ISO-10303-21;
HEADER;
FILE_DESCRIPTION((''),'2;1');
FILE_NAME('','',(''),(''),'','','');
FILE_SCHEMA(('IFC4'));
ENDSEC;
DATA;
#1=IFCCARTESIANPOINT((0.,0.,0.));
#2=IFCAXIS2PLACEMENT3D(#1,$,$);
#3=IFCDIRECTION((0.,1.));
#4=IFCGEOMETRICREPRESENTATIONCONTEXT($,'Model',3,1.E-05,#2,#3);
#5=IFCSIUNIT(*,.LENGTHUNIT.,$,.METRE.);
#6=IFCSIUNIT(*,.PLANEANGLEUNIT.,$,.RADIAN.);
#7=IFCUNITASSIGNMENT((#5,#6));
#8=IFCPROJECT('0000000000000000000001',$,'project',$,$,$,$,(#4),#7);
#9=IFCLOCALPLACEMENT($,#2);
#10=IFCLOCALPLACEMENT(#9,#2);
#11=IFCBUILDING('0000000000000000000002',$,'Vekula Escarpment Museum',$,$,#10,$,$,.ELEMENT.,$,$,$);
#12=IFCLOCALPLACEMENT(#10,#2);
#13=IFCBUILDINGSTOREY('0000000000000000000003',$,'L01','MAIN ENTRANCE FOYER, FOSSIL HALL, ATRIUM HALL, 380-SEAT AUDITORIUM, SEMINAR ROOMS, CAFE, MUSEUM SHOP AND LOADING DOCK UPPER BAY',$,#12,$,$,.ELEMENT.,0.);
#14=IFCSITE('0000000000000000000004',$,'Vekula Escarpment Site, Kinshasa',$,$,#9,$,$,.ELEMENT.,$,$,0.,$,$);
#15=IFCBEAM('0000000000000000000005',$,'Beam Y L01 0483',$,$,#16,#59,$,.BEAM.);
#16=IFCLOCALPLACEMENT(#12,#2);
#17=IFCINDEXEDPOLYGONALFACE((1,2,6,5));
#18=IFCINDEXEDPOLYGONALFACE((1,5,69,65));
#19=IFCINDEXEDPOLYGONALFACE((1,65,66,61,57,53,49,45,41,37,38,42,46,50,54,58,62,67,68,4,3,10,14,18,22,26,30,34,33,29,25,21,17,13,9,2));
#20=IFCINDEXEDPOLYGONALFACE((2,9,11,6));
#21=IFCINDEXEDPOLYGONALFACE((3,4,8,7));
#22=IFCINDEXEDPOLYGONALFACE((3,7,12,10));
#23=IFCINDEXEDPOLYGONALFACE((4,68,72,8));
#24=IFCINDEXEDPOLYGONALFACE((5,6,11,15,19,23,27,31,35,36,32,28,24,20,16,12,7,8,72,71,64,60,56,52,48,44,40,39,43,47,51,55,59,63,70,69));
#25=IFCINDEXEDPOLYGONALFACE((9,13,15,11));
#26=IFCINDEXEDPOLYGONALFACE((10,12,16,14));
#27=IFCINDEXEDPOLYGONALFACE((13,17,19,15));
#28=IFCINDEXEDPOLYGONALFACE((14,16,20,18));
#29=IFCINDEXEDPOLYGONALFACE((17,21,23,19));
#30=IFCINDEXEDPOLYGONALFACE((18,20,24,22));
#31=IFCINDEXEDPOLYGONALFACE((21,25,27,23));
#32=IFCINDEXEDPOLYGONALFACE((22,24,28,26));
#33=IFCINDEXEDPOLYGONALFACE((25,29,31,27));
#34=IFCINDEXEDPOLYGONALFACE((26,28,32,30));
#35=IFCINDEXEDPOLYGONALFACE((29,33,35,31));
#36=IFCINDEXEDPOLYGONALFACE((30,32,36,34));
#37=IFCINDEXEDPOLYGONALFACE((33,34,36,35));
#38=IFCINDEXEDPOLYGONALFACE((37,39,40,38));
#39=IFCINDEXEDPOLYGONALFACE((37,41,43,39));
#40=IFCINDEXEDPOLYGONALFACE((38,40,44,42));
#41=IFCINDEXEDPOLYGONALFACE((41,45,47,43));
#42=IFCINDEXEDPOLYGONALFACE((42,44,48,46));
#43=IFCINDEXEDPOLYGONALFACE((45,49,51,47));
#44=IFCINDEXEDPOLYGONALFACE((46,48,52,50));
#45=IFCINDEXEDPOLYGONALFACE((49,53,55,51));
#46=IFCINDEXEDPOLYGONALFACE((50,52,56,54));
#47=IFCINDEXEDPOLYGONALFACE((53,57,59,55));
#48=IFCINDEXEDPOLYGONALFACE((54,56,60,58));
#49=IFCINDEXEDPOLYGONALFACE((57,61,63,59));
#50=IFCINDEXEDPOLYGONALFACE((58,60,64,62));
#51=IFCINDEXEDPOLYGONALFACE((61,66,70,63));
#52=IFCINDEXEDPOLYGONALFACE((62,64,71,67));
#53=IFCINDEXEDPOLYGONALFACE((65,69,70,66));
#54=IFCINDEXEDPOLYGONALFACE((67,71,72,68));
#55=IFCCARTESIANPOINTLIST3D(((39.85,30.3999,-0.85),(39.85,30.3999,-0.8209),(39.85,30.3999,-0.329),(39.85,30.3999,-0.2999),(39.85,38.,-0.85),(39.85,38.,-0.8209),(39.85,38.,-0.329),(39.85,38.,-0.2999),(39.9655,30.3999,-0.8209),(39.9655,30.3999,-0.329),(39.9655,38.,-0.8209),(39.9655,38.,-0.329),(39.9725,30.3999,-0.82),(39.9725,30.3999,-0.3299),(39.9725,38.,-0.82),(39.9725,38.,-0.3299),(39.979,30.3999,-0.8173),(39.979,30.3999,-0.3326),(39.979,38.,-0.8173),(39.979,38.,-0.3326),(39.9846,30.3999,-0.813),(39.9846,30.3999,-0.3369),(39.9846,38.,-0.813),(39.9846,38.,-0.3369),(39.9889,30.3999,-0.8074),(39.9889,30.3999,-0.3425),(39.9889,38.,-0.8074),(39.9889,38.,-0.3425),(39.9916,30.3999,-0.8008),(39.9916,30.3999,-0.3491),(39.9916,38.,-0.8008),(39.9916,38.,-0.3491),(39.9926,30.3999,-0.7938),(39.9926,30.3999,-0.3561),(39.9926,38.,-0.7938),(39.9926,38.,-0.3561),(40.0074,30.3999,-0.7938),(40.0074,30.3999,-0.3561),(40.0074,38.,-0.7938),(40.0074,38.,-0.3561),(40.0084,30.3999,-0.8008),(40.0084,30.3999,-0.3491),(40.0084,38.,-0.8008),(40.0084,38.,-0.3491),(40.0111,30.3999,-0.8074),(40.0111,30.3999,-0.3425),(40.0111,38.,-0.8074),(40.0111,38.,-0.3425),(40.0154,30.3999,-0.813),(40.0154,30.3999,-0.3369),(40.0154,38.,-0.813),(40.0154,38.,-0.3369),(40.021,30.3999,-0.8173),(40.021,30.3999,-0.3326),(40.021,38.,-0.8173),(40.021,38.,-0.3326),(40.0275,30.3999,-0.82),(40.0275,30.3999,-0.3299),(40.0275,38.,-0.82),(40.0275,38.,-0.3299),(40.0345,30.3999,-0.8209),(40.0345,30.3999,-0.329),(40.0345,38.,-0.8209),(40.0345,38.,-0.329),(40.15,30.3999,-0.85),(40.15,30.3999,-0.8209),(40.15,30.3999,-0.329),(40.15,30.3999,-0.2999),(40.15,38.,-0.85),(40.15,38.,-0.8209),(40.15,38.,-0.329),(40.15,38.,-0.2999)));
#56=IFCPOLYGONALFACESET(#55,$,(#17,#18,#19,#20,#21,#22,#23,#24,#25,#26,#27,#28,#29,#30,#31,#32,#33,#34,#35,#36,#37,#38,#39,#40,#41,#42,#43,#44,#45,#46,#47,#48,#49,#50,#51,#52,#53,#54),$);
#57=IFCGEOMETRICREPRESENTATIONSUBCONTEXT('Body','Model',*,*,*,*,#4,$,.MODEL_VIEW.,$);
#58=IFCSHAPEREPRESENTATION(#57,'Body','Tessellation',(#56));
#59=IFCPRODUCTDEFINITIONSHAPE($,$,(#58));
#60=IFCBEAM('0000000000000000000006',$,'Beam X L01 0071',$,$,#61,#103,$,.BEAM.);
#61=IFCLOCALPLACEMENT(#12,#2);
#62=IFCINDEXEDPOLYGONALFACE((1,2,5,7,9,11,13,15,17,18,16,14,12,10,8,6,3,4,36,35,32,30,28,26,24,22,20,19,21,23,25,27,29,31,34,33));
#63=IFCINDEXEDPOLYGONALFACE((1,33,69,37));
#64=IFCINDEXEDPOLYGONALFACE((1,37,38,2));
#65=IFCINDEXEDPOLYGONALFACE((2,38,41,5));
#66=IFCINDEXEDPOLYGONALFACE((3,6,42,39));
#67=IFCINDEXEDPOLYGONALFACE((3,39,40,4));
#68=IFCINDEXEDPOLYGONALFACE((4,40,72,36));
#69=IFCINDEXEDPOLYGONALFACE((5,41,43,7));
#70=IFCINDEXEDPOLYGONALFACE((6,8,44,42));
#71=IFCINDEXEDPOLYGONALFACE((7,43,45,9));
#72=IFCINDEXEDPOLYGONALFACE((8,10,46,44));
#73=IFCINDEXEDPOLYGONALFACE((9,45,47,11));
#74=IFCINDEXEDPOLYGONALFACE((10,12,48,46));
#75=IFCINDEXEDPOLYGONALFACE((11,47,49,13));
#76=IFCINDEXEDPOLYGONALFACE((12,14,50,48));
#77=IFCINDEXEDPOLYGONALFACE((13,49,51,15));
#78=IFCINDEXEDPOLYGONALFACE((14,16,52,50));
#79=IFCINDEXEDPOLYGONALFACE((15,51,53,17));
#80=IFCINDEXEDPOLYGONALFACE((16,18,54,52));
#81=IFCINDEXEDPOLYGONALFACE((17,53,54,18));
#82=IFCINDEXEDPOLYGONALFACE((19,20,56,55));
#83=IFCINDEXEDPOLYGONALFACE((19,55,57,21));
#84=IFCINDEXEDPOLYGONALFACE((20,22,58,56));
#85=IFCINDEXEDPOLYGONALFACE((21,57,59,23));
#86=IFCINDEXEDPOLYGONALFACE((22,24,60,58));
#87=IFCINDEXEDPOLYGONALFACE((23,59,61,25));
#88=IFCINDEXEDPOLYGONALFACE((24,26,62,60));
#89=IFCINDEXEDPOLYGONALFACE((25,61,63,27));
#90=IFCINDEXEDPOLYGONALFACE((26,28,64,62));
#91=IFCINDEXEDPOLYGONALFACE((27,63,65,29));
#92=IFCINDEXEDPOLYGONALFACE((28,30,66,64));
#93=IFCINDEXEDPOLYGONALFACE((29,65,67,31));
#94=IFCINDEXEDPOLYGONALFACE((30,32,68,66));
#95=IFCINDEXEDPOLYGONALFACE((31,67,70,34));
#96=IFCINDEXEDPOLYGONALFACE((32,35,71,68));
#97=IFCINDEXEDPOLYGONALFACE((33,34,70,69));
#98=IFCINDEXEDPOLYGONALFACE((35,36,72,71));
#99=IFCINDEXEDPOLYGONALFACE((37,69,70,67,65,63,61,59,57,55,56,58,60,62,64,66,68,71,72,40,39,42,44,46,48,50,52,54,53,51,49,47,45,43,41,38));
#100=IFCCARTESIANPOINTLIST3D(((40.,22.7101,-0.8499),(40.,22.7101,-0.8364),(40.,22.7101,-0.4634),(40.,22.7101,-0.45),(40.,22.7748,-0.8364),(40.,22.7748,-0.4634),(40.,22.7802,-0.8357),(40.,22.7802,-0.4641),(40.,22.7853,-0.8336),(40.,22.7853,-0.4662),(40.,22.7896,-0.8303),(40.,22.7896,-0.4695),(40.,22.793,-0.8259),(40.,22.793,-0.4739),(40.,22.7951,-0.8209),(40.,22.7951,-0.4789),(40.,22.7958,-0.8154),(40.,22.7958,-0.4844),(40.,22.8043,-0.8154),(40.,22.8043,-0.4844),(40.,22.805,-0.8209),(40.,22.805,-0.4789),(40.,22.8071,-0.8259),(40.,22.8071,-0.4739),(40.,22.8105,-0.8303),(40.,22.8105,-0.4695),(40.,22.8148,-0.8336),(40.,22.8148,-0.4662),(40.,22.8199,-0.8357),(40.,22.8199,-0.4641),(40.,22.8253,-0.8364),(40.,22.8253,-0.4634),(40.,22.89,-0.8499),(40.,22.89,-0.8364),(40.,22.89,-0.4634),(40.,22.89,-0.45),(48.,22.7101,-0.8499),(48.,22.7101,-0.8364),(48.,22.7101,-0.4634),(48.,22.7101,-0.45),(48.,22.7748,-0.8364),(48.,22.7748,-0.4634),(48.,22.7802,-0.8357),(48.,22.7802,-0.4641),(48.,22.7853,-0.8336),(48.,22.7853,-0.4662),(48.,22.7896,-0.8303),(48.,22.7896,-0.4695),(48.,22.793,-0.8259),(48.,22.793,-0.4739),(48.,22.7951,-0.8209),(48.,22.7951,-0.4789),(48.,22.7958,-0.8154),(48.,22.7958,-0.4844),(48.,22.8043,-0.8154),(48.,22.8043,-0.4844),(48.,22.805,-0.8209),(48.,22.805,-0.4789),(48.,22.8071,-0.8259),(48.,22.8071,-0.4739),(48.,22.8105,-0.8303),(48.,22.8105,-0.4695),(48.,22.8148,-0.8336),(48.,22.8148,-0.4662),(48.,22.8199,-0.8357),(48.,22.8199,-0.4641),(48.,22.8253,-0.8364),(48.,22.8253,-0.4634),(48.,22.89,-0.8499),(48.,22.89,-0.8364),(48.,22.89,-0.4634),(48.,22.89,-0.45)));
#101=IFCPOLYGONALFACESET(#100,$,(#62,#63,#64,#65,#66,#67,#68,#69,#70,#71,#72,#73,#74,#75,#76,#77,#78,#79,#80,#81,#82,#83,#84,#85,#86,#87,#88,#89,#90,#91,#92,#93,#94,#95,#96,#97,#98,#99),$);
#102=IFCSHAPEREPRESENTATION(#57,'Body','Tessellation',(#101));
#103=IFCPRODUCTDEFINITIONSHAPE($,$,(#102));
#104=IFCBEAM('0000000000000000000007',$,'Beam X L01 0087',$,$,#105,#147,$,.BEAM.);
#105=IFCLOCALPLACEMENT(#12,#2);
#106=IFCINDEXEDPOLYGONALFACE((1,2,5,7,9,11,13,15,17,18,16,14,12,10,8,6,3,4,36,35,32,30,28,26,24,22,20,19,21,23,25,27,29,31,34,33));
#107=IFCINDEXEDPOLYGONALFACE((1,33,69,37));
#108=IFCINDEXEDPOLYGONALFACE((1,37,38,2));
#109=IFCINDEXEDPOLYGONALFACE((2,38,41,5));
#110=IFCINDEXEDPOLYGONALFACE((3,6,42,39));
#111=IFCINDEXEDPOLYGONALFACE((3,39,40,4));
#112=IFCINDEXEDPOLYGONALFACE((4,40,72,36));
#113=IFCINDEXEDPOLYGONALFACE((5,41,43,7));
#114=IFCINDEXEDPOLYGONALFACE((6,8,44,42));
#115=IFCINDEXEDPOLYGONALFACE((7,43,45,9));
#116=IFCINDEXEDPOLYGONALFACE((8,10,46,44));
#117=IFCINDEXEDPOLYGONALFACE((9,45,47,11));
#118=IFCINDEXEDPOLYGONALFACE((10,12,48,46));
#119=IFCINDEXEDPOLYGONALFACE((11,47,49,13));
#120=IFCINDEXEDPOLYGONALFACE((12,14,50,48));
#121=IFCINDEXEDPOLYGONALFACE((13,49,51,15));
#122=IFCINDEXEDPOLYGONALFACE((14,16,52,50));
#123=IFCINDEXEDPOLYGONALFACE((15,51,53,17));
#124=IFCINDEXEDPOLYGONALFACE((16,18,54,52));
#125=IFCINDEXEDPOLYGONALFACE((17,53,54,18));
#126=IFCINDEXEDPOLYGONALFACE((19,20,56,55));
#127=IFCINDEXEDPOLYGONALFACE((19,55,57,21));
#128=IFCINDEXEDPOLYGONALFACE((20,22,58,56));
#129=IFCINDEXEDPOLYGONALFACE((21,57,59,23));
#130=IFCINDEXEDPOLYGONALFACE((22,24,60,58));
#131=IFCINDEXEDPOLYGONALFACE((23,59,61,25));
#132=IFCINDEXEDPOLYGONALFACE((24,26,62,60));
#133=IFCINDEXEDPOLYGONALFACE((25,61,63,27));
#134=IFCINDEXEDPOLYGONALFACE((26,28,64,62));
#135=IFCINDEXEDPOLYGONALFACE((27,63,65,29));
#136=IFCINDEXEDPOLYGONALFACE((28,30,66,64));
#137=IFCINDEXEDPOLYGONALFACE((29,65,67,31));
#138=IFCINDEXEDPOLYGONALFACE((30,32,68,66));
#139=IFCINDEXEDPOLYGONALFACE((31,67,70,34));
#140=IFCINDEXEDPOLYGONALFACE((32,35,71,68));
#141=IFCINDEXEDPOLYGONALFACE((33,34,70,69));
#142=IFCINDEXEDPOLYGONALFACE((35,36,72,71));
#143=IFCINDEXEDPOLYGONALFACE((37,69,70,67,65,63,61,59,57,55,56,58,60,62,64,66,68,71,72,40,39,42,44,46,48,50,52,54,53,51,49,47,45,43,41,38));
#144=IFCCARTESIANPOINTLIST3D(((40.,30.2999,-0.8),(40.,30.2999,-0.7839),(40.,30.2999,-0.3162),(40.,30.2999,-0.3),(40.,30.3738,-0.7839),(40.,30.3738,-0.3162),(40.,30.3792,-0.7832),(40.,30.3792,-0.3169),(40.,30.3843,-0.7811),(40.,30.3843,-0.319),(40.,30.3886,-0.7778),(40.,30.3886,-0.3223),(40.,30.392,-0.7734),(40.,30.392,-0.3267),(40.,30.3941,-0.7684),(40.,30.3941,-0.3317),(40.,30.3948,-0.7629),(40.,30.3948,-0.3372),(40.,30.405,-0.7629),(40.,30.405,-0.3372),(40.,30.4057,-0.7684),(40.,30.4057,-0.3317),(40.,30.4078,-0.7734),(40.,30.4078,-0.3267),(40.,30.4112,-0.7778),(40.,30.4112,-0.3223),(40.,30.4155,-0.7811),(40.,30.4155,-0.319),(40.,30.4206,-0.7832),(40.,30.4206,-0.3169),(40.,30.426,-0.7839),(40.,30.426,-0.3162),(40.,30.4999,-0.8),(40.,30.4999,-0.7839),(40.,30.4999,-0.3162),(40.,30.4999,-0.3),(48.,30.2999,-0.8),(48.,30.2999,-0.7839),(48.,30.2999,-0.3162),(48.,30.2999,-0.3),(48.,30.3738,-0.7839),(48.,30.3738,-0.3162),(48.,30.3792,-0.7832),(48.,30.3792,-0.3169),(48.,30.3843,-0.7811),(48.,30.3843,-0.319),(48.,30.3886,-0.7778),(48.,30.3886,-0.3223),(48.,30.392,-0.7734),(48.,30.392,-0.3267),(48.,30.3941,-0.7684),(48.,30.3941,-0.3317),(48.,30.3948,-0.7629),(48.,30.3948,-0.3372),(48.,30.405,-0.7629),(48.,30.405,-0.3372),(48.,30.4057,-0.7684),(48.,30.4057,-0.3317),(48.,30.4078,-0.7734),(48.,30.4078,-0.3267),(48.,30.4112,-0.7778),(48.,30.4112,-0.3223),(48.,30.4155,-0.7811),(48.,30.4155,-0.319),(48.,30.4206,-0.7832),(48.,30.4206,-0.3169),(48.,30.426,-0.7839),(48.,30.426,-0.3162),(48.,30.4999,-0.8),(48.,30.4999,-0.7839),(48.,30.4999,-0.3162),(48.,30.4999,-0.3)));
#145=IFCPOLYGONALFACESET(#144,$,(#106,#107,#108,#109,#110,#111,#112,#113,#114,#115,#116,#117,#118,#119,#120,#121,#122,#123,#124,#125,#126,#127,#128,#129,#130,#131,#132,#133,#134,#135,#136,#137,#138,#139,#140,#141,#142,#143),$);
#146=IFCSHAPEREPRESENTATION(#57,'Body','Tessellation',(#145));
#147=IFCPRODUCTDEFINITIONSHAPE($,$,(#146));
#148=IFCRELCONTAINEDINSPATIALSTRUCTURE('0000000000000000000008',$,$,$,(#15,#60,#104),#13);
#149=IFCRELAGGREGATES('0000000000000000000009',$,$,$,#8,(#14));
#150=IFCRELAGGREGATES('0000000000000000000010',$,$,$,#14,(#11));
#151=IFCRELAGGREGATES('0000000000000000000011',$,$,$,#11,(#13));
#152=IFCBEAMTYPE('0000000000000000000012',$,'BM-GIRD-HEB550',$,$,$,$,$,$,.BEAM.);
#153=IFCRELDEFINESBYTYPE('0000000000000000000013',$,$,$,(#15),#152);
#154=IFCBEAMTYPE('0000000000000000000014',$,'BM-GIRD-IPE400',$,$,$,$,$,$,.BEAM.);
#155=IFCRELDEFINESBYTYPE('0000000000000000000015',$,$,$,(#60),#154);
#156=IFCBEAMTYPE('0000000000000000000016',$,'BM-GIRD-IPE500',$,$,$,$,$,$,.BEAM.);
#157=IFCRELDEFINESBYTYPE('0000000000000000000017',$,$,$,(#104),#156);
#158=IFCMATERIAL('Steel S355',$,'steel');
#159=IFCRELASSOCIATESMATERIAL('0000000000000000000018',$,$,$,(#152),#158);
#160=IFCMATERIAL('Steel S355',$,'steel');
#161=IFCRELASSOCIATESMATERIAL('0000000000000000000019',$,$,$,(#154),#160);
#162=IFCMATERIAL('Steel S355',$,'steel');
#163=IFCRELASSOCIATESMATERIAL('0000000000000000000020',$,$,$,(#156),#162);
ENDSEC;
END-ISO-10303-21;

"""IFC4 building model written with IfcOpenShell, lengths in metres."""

from ifc_helpers import new_model, si_unit, direction, frame, origin, origin_2d, place, context, subcontext, project, spatial, i_section, extrude, material, material_profile, profile_set, type_object, element, save


model = new_model("IFC4")

# Units and contexts
model_context = context("Model", 3, precision=1e-05, world=origin(), true_north=direction((0.0, 1.0)))
body_context = subcontext(model_context, "Body", "Model", "MODEL_VIEW")
ifc_project = project(units=[si_unit("LENGTHUNIT", "METRE"), si_unit("PLANEANGLEUNIT", "RADIAN")], contexts=[model_context])

# Site, building, storey
site_placement = place(None, origin())
site = spatial("IfcSite", under=ifc_project, at=site_placement, Name="Vekula Escarpment Site, Kinshasa", CompositionType="ELEMENT", RefElevation=0.0)
building_placement = place(site_placement, origin())
building = spatial("IfcBuilding", under=site, at=building_placement, Name="Vekula Escarpment Museum", CompositionType="ELEMENT")
storey_placement = place(building_placement, origin())
storey = spatial("IfcBuildingStorey", under=building, at=storey_placement, Name="L01", Description="MAIN ENTRANCE FOYER, FOSSIL HALL, ATRIUM HALL, 380-SEAT AUDITORIUM, SEMINAR ROOMS, CAFE, MUSEUM SHOP AND LOADING DOCK UPPER BAY", CompositionType="ELEMENT", Elevation=0.0)

# Beams
ifc_material_1 = material(Name="Steel S355", Category="steel")
ifc_material_profile_1 = material_profile(ifc_material_1, i_section(OverallWidth=0.3, OverallDepth=0.55, WebThickness=0.0149, FlangeThickness=0.0291, FilletRadius=0.0271, at=origin_2d()), Name="HEB 550")
ifc_profile_set_1 = profile_set([ifc_material_profile_1], Name="Steel S355")
beam_type_1 = type_object("IfcBeamType", Name="BM-GIRD-HEB550", PredefinedType="BEAM", material=ifc_profile_set_1)
beam_1_placement = place(storey_placement, frame((40.0, 30.3999, -0.575), z_axis=(0.0, 1.0, 0.0), x_axis=(-1.0, 0.0, 0.0)))
element("IfcBeam", 1, at=beam_1_placement, inside=storey, type_object=beam_type_1, Name="Beam Y L01 0483", PredefinedType="BEAM", context=body_context, shape_type="SweptSolid", body=[
    extrude(i_section(OverallWidth=0.3, OverallDepth=0.55, WebThickness=0.0149, FlangeThickness=0.0291, FilletRadius=0.0271, at=origin_2d()), origin(), (0.0, 0.0, 1.0), 7.6001),
])
ifc_material_2 = material(Name="Steel S355", Category="steel")
ifc_material_profile_2 = material_profile(ifc_material_2, i_section(OverallWidth=0.1799, OverallDepth=0.3999, WebThickness=0.0085, FlangeThickness=0.0134, FilletRadius=0.021, at=origin_2d()), Name="IPE 400")
ifc_profile_set_2 = profile_set([ifc_material_profile_2], Name="Steel S355")
beam_type_2 = type_object("IfcBeamType", Name="BM-GIRD-IPE400", PredefinedType="BEAM", material=ifc_profile_set_2)
beam_2_placement = place(storey_placement, frame((40.0, 22.8, -0.6499), z_axis=(1.0, 0.0, 0.0), x_axis=(0.0, 1.0, 0.0)))
element("IfcBeam", 2, at=beam_2_placement, inside=storey, type_object=beam_type_2, Name="Beam X L01 0071", PredefinedType="BEAM", context=body_context, shape_type="SweptSolid", body=[
    extrude(i_section(OverallWidth=0.1799, OverallDepth=0.3999, WebThickness=0.0085, FlangeThickness=0.0134, FilletRadius=0.021, at=origin_2d()), origin(), (0.0, 0.0, 1.0), 8.0),
])
ifc_material_3 = material(Name="Steel S355", Category="steel")
ifc_material_profile_3 = material_profile(ifc_material_3, i_section(OverallWidth=0.2, OverallDepth=0.5, WebThickness=0.0103, FlangeThickness=0.0161, FilletRadius=0.021, at=origin_2d()), Name="IPE 500")
ifc_profile_set_3 = profile_set([ifc_material_profile_3], Name="Steel S355")
beam_type_3 = type_object("IfcBeamType", Name="BM-GIRD-IPE500", PredefinedType="BEAM", material=ifc_profile_set_3)
beam_3_placement = place(storey_placement, frame((40.0, 30.3999, -0.55), z_axis=(1.0, 0.0, 0.0), x_axis=(0.0, 1.0, 0.0)))
element("IfcBeam", 3, at=beam_3_placement, inside=storey, type_object=beam_type_3, Name="Beam X L01 0087", PredefinedType="BEAM", context=body_context, shape_type="SweptSolid", body=[
    extrude(i_section(OverallWidth=0.2, OverallDepth=0.5, WebThickness=0.0103, FlangeThickness=0.0161, FilletRadius=0.021, at=origin_2d()), origin(), (0.0, 0.0, 1.0), 8.0),
])

save(model, "model.ifc")
